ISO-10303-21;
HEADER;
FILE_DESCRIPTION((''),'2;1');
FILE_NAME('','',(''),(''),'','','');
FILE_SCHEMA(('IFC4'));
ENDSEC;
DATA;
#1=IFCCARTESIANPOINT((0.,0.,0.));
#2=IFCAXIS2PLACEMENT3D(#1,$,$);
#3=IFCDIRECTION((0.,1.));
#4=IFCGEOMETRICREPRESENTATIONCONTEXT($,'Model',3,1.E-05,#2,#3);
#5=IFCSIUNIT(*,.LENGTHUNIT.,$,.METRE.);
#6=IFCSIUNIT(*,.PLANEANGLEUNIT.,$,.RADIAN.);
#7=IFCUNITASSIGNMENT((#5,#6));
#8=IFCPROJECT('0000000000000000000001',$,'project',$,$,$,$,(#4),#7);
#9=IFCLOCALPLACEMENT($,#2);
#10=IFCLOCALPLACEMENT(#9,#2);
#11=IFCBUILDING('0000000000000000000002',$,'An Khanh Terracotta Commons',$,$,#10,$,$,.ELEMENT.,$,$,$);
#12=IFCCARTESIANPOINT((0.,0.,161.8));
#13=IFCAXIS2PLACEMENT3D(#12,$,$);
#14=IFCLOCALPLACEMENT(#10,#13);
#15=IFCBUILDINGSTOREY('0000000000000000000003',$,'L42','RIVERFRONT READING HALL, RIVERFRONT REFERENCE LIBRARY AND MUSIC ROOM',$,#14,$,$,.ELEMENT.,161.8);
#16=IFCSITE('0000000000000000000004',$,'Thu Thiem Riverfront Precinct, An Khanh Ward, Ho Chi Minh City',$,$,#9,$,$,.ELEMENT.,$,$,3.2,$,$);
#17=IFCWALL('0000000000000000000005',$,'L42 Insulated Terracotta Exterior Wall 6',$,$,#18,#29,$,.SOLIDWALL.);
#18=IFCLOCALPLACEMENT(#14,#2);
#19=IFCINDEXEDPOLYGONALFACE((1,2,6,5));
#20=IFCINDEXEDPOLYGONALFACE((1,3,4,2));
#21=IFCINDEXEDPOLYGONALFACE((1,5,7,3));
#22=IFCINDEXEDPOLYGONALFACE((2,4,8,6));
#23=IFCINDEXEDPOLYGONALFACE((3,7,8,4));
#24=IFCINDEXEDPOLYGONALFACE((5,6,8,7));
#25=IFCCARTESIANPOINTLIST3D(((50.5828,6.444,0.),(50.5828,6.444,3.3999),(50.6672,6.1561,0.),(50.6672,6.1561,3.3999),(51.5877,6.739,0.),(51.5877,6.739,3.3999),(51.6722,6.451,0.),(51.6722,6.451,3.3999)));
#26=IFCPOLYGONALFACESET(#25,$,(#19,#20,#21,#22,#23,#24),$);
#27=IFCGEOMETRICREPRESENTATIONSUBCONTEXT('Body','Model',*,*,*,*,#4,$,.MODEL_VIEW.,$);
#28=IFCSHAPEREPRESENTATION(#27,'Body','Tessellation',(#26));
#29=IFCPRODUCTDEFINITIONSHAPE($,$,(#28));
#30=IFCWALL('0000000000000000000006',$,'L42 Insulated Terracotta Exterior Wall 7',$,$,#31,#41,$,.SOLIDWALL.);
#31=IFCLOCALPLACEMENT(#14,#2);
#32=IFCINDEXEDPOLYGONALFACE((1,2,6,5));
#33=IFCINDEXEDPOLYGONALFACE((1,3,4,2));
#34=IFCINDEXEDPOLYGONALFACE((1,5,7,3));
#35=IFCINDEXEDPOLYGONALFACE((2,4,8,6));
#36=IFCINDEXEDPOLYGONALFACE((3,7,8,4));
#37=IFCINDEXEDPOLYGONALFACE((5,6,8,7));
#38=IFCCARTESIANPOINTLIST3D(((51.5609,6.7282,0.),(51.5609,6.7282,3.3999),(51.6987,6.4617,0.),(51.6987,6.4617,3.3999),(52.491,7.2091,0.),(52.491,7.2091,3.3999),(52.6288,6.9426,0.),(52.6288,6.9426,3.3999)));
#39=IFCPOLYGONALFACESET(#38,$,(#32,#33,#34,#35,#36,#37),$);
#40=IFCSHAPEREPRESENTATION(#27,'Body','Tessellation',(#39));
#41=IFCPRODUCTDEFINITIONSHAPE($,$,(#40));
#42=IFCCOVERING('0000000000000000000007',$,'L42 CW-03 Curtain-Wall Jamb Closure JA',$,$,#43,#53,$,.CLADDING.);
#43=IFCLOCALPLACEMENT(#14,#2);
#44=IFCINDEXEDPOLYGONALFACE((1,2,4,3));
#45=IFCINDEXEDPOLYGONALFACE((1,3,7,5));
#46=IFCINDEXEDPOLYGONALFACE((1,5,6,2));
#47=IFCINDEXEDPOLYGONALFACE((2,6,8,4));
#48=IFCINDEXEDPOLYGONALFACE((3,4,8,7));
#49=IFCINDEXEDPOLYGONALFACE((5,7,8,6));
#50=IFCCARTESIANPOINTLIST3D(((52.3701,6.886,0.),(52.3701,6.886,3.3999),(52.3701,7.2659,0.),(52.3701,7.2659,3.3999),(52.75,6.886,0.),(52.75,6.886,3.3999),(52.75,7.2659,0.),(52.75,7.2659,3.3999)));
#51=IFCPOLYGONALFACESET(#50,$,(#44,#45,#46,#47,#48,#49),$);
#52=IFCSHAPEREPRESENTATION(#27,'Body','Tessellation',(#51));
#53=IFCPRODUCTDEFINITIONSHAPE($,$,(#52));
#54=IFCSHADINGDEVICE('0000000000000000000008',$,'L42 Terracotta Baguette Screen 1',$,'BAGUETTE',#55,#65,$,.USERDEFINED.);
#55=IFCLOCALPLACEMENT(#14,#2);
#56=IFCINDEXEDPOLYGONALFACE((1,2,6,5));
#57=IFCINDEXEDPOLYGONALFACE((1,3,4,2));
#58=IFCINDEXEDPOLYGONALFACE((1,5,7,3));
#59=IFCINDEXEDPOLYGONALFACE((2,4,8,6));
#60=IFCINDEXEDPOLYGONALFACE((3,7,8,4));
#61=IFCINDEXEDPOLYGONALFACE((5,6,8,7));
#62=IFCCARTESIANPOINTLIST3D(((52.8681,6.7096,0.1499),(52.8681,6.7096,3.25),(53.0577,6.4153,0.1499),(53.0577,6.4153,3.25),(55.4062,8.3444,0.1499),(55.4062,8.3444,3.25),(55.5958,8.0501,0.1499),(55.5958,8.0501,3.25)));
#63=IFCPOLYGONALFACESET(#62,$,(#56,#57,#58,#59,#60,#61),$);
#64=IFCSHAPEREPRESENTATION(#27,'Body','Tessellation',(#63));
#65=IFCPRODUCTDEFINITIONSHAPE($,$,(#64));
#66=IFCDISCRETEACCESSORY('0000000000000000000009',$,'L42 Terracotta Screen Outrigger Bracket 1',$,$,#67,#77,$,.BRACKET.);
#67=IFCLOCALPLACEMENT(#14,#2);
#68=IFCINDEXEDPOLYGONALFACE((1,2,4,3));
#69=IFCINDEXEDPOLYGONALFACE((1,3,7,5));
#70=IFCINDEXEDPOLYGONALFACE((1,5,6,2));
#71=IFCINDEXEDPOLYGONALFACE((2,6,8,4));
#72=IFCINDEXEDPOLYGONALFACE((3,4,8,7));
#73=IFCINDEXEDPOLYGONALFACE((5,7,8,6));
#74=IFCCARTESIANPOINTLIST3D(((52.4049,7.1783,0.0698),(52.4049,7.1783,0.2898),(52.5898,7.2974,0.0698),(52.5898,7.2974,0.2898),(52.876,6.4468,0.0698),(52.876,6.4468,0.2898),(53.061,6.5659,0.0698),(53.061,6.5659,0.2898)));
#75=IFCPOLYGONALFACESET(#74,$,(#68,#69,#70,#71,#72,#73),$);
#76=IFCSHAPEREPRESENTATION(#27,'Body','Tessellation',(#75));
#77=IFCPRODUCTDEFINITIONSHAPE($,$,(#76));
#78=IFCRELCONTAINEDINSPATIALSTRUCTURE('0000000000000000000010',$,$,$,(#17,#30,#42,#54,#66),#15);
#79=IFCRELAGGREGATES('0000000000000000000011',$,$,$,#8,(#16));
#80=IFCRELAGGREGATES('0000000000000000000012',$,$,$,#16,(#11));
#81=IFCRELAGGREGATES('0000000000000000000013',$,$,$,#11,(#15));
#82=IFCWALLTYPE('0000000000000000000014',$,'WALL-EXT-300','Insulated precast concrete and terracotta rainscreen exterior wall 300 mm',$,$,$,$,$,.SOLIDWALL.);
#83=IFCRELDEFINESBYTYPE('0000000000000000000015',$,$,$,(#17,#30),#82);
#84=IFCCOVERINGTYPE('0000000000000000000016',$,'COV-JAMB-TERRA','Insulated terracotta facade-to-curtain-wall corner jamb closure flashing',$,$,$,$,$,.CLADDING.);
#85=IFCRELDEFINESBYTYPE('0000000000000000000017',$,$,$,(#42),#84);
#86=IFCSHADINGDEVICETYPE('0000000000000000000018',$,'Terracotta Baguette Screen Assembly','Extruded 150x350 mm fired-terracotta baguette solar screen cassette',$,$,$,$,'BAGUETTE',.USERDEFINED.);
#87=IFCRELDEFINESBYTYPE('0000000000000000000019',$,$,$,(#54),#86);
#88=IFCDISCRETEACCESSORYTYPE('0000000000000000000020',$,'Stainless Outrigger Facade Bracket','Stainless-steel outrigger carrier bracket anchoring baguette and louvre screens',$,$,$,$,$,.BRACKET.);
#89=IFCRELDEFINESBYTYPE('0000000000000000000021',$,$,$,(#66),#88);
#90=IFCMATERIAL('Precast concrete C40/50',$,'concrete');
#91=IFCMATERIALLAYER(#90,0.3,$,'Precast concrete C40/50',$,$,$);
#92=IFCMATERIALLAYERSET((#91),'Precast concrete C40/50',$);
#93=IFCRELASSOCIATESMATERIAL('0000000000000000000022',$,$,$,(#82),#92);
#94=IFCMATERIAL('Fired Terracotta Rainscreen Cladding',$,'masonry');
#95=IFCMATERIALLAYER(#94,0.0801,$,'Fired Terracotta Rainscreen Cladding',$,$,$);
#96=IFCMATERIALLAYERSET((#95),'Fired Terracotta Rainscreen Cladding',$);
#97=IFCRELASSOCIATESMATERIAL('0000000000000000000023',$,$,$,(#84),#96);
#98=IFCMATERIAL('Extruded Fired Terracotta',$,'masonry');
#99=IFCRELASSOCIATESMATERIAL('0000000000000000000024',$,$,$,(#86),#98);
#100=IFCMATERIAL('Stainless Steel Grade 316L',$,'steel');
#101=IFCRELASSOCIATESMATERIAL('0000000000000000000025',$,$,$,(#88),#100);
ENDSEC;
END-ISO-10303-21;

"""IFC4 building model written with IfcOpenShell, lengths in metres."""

from ifc_helpers import new_model, si_unit, direction, frame, frame_2d, origin, origin_2d, place, context, subcontext, project, spatial, rectangle, extrude, material, layer, layer_set, type_object, element, save


model = new_model("IFC4")

# Units and contexts
model_context = context("Model", 3, precision=1e-05, world=origin(), true_north=direction((0.0, 1.0)))
body_context = subcontext(model_context, "Body", "Model", "MODEL_VIEW")
ifc_project = project(units=[si_unit("LENGTHUNIT", "METRE"), si_unit("PLANEANGLEUNIT", "RADIAN")], contexts=[model_context])

# Site, building, storey
site_placement = place(None, origin())
site = spatial("IfcSite", under=ifc_project, at=site_placement, Name="Thu Thiem Riverfront Precinct, An Khanh Ward, Ho Chi Minh City", CompositionType="ELEMENT", RefElevation=3.2)
building_placement = place(site_placement, origin())
building = spatial("IfcBuilding", under=site, at=building_placement, Name="An Khanh Terracotta Commons", CompositionType="ELEMENT")
storey_placement = place(building_placement, frame((0.0, 0.0, 161.8)))
storey = spatial("IfcBuildingStorey", under=building, at=storey_placement, Name="L42", Description="RIVERFRONT READING HALL, RIVERFRONT REFERENCE LIBRARY AND MUSIC ROOM", CompositionType="ELEMENT", Elevation=161.8)

# Walls
ifc_material_1 = material(Name="Precast concrete C40/50", Category="concrete")
ifc_layer_1 = layer(ifc_material_1, 0.3, Name="Precast concrete C40/50")
ifc_layer_set_1 = layer_set([ifc_layer_1], Name="Precast concrete C40/50")
wall_type_1 = type_object("IfcWallType", Name="WALL-EXT-300", Description="Insulated precast concrete and terracotta rainscreen exterior wall 300 mm", PredefinedType="SOLIDWALL", material=ifc_layer_set_1)
wall_1_placement = place(storey_placement, frame((50.625, 6.3, 0.0), z_axis=(0.0, 0.0, 1.0), x_axis=(0.959529, 0.281611, 0.0)))
element("IfcWall", 1, at=wall_1_placement, inside=storey, type_object=wall_type_1, Name="L42 Insulated Terracotta Exterior Wall 6", PredefinedType="SOLIDWALL", context=body_context, shape_type="SweptSolid", body=[
    extrude(rectangle(XDim=1.0474, YDim=0.3, at=frame_2d((0.5237, 0.0))), origin(), (0.0, 0.0, 1.0), 3.3999),
])
wall_2_placement = place(storey_placement, frame((51.6299, 6.595, 0.0), z_axis=(0.0, 0.0, 1.0), x_axis=(0.888283, 0.459296, 0.0)))
element("IfcWall", 2, at=wall_2_placement, inside=storey, type_object=wall_type_1, Name="L42 Insulated Terracotta Exterior Wall 7", PredefinedType="SOLIDWALL", context=body_context, shape_type="SweptSolid", body=[
    extrude(rectangle(XDim=1.0471, YDim=0.3, at=frame_2d((0.5234, 0.0))), origin(), (0.0, 0.0, 1.0), 3.3999),
])

# Covering
ifc_material_2 = material(Name="Fired Terracotta Rainscreen Cladding", Category="masonry")
ifc_layer_2 = layer(ifc_material_2, 0.0801, Name="Fired Terracotta Rainscreen Cladding")
ifc_layer_set_2 = layer_set([ifc_layer_2], Name="Fired Terracotta Rainscreen Cladding")
covering_type = type_object("IfcCoveringType", Name="COV-JAMB-TERRA", Description="Insulated terracotta facade-to-curtain-wall corner jamb closure flashing", PredefinedType="CLADDING", material=ifc_layer_set_2)
covering_placement = place(storey_placement, frame((52.5601, 7.0759, 0.0), z_axis=(0.0, 0.0, 1.0), x_axis=(1.0, 0.0, 0.0)))
element("IfcCovering", 3, at=covering_placement, inside=storey, type_object=covering_type, Name="L42 CW-03 Curtain-Wall Jamb Closure JA", PredefinedType="CLADDING", context=body_context, shape_type="SweptSolid", body=[
    extrude(rectangle(XDim=0.3799, YDim=0.3799, at=origin_2d()), origin(), (0.0, 0.0, 1.0), 3.3999),
])

# Shading device
ifc_material_3 = material(Name="Extruded Fired Terracotta", Category="masonry")
shading_device_type = type_object("IfcShadingDeviceType", Name="Terracotta Baguette Screen Assembly", Description="Extruded 150x350 mm fired-terracotta baguette solar screen cassette", ElementType="BAGUETTE", PredefinedType="USERDEFINED", material=ifc_material_3)
shading_device_placement = place(storey_placement, frame((54.2319, 7.3799, 0.1499), z_axis=(0.0, 0.0, 1.0), x_axis=(0.840702, 0.541498, 0.0)))
element("IfcShadingDevice", 4, at=shading_device_placement, inside=storey, type_object=shading_device_type, Name="L42 Terracotta Baguette Screen 1", ObjectType="BAGUETTE", PredefinedType="USERDEFINED", context=body_context, shape_type="SweptSolid", body=[
    extrude(rectangle(XDim=3.019, YDim=0.3501, at=origin_2d()), origin(), (0.0, 0.0, 1.0), 3.1001),
])

# Discrete accessory
ifc_material_4 = material(Name="Stainless Steel Grade 316L", Category="steel")
discrete_accessory_type = type_object("IfcDiscreteAccessoryType", Name="Stainless Outrigger Facade Bracket", Description="Stainless-steel outrigger carrier bracket anchoring baguette and louvre screens", PredefinedType="BRACKET", material=ifc_material_4)
discrete_accessory_placement = place(storey_placement, frame((52.7329, 6.8721, 0.0698), z_axis=(0.0, 0.0, 1.0), x_axis=(0.840702, 0.541498, 0.0)))
element("IfcDiscreteAccessory", 5, at=discrete_accessory_placement, inside=storey, type_object=discrete_accessory_type, Name="L42 Terracotta Screen Outrigger Bracket 1", PredefinedType="BRACKET", context=body_context, shape_type="SweptSolid", body=[
    extrude(rectangle(XDim=0.22, YDim=0.8701, at=origin_2d()), origin(), (0.0, 0.0, 1.0), 0.22),
])

save(model, "model.ifc")
